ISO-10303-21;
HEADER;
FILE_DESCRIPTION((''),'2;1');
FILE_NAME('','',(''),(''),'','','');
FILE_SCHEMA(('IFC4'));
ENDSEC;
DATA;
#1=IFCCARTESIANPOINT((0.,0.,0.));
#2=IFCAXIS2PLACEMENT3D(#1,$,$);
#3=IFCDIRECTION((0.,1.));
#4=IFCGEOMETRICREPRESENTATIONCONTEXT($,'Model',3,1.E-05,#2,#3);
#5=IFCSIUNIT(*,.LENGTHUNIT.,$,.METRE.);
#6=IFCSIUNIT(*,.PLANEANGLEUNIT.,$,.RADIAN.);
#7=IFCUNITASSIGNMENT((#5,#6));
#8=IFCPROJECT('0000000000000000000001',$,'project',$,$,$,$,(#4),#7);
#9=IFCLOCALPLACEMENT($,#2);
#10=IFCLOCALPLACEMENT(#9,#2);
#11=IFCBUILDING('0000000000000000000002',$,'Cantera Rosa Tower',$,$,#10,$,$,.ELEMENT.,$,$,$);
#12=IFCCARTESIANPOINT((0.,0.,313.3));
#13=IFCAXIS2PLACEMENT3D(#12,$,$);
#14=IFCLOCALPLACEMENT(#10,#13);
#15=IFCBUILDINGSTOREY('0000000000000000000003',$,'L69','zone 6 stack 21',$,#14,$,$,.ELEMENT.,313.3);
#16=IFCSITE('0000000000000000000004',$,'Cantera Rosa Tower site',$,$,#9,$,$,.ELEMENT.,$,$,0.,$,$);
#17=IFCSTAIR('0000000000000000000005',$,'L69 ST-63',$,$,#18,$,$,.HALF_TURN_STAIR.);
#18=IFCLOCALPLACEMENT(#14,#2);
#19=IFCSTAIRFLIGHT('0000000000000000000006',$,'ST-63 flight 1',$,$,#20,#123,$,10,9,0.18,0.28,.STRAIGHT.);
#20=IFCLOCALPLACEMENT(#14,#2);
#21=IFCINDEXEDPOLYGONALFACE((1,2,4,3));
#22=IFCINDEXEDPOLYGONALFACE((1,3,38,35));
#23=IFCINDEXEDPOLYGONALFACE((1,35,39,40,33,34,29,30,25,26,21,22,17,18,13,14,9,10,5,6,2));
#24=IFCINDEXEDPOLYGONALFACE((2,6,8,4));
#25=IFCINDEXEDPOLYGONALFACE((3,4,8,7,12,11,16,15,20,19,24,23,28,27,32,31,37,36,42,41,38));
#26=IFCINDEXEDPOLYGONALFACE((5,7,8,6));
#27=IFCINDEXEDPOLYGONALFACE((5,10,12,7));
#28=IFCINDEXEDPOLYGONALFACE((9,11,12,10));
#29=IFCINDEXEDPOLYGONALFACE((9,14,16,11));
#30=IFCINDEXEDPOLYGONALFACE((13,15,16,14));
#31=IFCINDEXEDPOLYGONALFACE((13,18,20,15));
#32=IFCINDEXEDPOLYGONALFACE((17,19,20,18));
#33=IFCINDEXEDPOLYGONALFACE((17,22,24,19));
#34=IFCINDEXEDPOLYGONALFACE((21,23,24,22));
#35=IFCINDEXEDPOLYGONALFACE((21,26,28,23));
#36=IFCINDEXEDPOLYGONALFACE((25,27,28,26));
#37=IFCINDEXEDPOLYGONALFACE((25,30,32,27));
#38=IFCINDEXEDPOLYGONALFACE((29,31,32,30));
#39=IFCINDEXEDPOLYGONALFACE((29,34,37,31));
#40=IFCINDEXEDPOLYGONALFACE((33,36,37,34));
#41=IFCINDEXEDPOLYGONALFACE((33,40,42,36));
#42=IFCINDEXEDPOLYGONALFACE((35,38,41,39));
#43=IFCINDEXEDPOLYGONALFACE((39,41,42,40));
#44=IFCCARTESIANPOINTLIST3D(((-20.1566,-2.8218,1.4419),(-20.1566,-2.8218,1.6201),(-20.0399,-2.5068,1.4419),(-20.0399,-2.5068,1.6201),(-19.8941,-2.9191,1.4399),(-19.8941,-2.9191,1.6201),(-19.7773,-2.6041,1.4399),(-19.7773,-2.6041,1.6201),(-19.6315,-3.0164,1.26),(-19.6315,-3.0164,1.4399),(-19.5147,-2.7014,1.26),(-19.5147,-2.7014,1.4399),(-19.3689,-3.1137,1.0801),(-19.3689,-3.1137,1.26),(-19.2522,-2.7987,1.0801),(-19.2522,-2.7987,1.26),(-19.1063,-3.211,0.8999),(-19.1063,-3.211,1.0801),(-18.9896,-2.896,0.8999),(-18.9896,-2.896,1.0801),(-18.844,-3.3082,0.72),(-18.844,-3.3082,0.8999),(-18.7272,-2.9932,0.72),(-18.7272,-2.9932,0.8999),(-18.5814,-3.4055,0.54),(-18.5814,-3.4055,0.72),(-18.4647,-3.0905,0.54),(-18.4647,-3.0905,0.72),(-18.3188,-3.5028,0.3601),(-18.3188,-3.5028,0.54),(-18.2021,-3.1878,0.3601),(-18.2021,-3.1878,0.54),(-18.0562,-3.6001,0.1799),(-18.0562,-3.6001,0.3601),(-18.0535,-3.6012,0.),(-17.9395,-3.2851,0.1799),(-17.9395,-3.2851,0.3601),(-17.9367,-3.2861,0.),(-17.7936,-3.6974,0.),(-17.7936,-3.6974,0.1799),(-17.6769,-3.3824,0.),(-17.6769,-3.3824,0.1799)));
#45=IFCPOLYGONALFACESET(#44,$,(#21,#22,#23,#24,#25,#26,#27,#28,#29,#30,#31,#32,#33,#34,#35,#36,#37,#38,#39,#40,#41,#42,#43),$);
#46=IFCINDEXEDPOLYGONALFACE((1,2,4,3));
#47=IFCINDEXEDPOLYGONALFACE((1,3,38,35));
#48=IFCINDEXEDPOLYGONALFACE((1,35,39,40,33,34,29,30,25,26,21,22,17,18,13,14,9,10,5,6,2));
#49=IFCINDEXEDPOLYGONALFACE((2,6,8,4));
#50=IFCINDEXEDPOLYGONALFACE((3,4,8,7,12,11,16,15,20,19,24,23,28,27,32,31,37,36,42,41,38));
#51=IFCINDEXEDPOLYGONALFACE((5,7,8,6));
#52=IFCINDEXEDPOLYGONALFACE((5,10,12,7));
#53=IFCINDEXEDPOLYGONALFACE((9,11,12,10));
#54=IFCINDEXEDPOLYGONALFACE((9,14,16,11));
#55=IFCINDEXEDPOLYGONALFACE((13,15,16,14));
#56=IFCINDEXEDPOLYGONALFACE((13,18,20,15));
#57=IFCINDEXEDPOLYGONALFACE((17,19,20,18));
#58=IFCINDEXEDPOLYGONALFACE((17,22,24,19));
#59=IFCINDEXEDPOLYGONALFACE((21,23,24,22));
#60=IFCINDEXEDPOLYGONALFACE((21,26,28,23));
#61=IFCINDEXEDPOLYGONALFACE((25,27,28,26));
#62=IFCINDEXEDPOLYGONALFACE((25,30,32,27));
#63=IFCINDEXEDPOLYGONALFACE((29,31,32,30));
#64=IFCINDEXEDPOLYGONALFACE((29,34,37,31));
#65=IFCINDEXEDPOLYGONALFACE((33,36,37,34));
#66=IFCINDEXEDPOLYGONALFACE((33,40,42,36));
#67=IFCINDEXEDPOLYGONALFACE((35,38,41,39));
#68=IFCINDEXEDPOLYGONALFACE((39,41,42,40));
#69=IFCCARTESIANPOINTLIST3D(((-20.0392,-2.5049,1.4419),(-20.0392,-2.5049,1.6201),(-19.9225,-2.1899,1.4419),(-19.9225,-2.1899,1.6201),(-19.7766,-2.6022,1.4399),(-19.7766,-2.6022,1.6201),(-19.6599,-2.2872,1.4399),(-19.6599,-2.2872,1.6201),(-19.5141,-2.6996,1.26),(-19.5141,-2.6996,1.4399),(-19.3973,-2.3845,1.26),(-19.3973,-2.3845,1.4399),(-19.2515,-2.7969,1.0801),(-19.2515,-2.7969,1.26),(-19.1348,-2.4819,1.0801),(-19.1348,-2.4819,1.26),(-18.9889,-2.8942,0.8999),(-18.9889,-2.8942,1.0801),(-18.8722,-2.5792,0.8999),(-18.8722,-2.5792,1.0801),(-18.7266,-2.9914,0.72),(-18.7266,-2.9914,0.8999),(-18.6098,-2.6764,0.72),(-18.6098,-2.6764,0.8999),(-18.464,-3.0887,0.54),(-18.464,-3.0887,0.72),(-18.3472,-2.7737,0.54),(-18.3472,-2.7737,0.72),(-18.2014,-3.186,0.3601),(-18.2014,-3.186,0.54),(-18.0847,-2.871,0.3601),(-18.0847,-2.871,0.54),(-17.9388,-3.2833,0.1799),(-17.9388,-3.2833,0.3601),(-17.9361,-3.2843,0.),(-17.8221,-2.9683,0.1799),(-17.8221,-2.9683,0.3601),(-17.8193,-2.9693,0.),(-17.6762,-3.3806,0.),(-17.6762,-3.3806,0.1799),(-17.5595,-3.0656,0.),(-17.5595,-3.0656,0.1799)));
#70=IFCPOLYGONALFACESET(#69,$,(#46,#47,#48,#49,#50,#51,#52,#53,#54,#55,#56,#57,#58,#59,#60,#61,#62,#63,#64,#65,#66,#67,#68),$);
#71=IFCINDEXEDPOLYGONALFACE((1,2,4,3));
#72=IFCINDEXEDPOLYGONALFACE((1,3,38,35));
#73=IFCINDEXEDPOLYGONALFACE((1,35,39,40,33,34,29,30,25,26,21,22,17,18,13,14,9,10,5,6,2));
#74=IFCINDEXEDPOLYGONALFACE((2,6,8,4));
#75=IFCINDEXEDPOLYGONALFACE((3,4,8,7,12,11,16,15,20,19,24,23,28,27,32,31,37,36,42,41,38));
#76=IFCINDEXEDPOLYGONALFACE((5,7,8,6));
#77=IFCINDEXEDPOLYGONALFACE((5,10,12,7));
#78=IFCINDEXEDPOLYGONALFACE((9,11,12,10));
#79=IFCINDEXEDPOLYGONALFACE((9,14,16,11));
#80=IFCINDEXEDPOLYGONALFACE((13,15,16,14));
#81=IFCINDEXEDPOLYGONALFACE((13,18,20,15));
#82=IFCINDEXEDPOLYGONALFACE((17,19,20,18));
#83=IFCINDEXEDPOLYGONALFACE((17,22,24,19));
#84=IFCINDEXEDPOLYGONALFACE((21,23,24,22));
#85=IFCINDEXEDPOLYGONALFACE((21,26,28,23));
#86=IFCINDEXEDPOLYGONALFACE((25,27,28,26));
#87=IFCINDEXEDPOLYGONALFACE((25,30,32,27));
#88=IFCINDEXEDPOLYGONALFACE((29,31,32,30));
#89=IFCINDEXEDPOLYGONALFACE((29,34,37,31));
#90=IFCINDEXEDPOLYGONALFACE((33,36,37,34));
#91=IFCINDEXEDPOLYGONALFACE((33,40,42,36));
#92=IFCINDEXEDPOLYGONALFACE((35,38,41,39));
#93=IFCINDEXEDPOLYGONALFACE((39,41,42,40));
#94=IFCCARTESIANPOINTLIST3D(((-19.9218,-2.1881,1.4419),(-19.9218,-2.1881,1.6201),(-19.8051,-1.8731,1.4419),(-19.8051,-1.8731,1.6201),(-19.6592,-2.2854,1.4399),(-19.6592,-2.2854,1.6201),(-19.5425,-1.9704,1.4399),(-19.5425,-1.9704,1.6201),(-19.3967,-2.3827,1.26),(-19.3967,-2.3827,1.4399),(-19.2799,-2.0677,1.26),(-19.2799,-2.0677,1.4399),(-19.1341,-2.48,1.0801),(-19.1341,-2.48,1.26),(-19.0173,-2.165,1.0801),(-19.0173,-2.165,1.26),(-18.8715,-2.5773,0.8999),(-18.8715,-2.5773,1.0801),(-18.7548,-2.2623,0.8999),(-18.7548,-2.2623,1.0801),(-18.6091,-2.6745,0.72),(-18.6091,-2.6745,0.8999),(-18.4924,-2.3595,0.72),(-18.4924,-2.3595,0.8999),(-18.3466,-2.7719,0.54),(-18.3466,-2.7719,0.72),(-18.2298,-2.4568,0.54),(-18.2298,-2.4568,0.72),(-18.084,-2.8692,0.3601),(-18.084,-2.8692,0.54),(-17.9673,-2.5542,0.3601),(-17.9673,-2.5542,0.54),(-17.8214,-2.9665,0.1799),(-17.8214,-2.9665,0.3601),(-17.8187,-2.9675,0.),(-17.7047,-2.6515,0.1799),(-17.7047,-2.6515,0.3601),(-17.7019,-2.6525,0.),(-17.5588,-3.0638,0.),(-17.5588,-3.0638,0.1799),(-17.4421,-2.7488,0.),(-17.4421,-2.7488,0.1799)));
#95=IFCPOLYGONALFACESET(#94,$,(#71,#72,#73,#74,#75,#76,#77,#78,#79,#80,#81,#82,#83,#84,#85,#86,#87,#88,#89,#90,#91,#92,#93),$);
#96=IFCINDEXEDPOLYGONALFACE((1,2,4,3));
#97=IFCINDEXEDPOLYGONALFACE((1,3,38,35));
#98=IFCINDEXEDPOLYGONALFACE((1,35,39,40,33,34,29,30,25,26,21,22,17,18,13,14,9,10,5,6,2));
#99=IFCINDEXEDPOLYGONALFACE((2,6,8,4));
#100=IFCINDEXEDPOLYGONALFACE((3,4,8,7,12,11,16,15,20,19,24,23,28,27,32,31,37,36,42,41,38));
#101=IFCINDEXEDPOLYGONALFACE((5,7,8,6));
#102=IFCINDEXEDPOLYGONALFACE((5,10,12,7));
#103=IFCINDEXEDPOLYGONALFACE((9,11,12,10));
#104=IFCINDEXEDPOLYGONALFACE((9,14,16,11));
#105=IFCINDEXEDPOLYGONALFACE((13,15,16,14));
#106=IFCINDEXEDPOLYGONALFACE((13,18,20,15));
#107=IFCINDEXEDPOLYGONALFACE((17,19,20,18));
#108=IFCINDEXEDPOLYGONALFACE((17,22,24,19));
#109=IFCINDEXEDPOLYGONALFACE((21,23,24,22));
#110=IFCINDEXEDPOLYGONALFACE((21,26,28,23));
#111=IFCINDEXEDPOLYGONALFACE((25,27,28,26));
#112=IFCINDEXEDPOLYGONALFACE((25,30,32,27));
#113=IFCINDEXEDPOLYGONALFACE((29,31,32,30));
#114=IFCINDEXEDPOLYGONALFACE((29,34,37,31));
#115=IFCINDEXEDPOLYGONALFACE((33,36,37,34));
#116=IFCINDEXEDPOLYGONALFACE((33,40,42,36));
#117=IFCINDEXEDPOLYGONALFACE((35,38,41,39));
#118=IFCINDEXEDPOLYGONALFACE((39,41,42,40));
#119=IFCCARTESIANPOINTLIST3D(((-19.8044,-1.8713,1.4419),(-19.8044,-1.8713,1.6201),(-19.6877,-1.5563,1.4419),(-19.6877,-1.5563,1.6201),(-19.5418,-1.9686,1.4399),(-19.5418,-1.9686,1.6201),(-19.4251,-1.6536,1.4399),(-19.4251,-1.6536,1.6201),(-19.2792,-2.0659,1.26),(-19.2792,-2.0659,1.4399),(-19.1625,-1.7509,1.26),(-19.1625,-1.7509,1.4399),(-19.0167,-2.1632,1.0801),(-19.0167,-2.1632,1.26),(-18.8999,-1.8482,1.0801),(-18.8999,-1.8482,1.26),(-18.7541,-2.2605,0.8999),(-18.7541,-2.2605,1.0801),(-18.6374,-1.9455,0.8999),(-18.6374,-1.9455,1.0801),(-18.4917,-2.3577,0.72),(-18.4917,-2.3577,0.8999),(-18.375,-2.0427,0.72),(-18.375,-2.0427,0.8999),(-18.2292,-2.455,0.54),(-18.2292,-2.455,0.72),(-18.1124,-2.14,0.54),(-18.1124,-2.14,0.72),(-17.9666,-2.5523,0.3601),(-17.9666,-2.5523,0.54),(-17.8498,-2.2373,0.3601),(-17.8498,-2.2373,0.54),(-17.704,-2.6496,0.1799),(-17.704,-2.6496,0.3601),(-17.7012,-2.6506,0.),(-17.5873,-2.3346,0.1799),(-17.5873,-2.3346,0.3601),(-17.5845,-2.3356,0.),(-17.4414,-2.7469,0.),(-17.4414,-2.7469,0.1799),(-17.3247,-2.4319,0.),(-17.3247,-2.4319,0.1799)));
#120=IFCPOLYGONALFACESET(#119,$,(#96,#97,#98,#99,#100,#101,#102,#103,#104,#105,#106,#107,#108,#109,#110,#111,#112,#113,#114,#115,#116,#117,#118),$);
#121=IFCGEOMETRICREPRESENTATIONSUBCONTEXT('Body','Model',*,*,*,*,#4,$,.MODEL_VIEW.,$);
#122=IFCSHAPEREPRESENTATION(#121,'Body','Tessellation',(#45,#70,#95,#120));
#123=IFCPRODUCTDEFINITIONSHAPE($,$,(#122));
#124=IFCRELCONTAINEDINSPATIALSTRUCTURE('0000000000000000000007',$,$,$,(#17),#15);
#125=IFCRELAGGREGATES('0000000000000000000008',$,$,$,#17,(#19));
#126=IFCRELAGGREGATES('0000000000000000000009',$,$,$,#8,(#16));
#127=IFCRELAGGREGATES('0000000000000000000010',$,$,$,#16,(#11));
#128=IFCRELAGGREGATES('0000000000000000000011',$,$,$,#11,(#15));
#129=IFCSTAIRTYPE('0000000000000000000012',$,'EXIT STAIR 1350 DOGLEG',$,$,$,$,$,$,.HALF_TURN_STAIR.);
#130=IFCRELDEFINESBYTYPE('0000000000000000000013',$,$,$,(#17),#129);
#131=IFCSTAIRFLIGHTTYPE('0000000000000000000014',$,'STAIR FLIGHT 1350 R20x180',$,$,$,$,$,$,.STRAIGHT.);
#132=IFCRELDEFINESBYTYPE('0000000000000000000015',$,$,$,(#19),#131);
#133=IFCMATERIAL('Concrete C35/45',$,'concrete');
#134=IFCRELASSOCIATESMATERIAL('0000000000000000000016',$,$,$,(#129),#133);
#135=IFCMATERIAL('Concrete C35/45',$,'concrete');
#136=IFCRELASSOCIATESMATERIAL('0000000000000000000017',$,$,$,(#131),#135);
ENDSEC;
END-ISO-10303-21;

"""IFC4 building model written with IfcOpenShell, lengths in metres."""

from ifc_helpers import new_model, si_unit, direction, frame, origin, place, context, subcontext, project, spatial, polyline, outline, extrude, material, type_object, element, aggregate, save


model = new_model("IFC4")

# Units and contexts
model_context = context("Model", 3, precision=1e-05, world=origin(), true_north=direction((0.0, 1.0)))
body_context = subcontext(model_context, "Body", "Model", "MODEL_VIEW")
ifc_project = project(units=[si_unit("LENGTHUNIT", "METRE"), si_unit("PLANEANGLEUNIT", "RADIAN")], contexts=[model_context])

# Site, building, storey
site_placement = place(None, origin())
site = spatial("IfcSite", under=ifc_project, at=site_placement, Name="Cantera Rosa Tower site", CompositionType="ELEMENT", RefElevation=0.0)
building_placement = place(site_placement, origin())
building = spatial("IfcBuilding", under=site, at=building_placement, Name="Cantera Rosa Tower", CompositionType="ELEMENT")
storey_placement = place(building_placement, frame((0.0, 0.0, 313.3)))
storey = spatial("IfcBuildingStorey", under=building, at=storey_placement, Name="L69", Description="zone 6 stack 21", CompositionType="ELEMENT", Elevation=313.3)

# Stair, stair flight
ifc_material_1 = material(Name="Concrete C35/45", Category="concrete")
stair_type = type_object("IfcStairType", Name="EXIT STAIR 1350 DOGLEG", PredefinedType="HALF_TURN_STAIR", material=ifc_material_1)
stair_placement = place(storey_placement, origin())
stair = element("IfcStair", 1, at=stair_placement, inside=storey, type_object=stair_type, Name="L69 ST-63", PredefinedType="HALF_TURN_STAIR")
ifc_material_2 = material(Name="Concrete C35/45", Category="concrete")
stair_flight_type = type_object("IfcStairFlightType", Name="STAIR FLIGHT 1350 R20x180", PredefinedType="STRAIGHT", material=ifc_material_2)
stair_flight_1_placement = place(storey_placement, frame((-17.5591, -3.0645, 0.0), z_axis=(0.0, 0.0, 1.0), x_axis=(-0.937687, 0.347481, 0.0)))
stair_flight_1 = element("IfcStairFlight", 2, at=stair_flight_1_placement, type_object=stair_flight_type, Name="ST-63 flight 1", NumberOfRisers=10, NumberOfTreads=9, PredefinedType="STRAIGHT", RiserHeight=0.18, TreadLength=0.28, context=body_context, shape_type="SweptSolid", body=[
    extrude(outline(polyline([(0.0, 0.0), (0.0, 0.1799), (0.28, 0.1799), (0.28, 0.3601), (0.5601, 0.3601), (0.5601, 0.54), (0.8401, 0.54), (0.8401, 0.72), (1.1201, 0.72), (1.1201, 0.8999), (1.3999, 0.8999), (1.3999, 1.0801), (1.6799, 1.0801), (1.6799, 1.26), (1.96, 1.26), (1.96, 1.4399), (2.24, 1.4399), (2.24, 1.6201), (2.52, 1.6201), (2.52, 1.8), (2.52, 1.4419), (0.2771, 0.0), (0.0, 0.0)])), frame((0.0, 0.675, 0.0), z_axis=(0.0, -1.0, 0.0), x_axis=(1.0, 0.0, 0.0)), (0.0, 0.0, 1.0), 0.3359),
    extrude(outline(polyline([(0.0, 0.0), (0.0, 0.1799), (0.28, 0.1799), (0.28, 0.3601), (0.5601, 0.3601), (0.5601, 0.54), (0.8401, 0.54), (0.8401, 0.72), (1.1201, 0.72), (1.1201, 0.8999), (1.3999, 0.8999), (1.3999, 1.0801), (1.6799, 1.0801), (1.6799, 1.26), (1.96, 1.26), (1.96, 1.4399), (2.24, 1.4399), (2.24, 1.6201), (2.52, 1.6201), (2.52, 1.8), (2.52, 1.4419), (0.2771, 0.0), (0.0, 0.0)])), frame((0.0, 0.3372, 0.0), z_axis=(0.0, -1.0, 0.0), x_axis=(1.0, 0.0, 0.0)), (0.0, 0.0, 1.0), 0.3359),
    extrude(outline(polyline([(0.0, 0.0), (0.0, 0.1799), (0.28, 0.1799), (0.28, 0.3601), (0.5601, 0.3601), (0.5601, 0.54), (0.8401, 0.54), (0.8401, 0.72), (1.1201, 0.72), (1.1201, 0.8999), (1.3999, 0.8999), (1.3999, 1.0801), (1.6799, 1.0801), (1.6799, 1.26), (1.96, 1.26), (1.96, 1.4399), (2.24, 1.4399), (2.24, 1.6201), (2.52, 1.6201), (2.52, 1.8), (2.52, 1.4419), (0.2771, 0.0), (0.0, 0.0)])), frame((0.0, -0.0007, 0.0), z_axis=(0.0, -1.0, 0.0), x_axis=(1.0, 0.0, 0.0)), (0.0, 0.0, 1.0), 0.3359),
    extrude(outline(polyline([(0.0, 0.0), (0.0, 0.1799), (0.28, 0.1799), (0.28, 0.3601), (0.5601, 0.3601), (0.5601, 0.54), (0.8401, 0.54), (0.8401, 0.72), (1.1201, 0.72), (1.1201, 0.8999), (1.3999, 0.8999), (1.3999, 1.0801), (1.6799, 1.0801), (1.6799, 1.26), (1.96, 1.26), (1.96, 1.4399), (2.24, 1.4399), (2.24, 1.6201), (2.52, 1.6201), (2.52, 1.8), (2.52, 1.4419), (0.2771, 0.0), (0.0, 0.0)])), frame((0.0, -0.3386, 0.0), z_axis=(0.0, -1.0, 0.0), x_axis=(1.0, 0.0, 0.0)), (0.0, 0.0, 1.0), 0.3359),
])
aggregate(stair, [stair_flight_1])

save(model, "model.ifc")
